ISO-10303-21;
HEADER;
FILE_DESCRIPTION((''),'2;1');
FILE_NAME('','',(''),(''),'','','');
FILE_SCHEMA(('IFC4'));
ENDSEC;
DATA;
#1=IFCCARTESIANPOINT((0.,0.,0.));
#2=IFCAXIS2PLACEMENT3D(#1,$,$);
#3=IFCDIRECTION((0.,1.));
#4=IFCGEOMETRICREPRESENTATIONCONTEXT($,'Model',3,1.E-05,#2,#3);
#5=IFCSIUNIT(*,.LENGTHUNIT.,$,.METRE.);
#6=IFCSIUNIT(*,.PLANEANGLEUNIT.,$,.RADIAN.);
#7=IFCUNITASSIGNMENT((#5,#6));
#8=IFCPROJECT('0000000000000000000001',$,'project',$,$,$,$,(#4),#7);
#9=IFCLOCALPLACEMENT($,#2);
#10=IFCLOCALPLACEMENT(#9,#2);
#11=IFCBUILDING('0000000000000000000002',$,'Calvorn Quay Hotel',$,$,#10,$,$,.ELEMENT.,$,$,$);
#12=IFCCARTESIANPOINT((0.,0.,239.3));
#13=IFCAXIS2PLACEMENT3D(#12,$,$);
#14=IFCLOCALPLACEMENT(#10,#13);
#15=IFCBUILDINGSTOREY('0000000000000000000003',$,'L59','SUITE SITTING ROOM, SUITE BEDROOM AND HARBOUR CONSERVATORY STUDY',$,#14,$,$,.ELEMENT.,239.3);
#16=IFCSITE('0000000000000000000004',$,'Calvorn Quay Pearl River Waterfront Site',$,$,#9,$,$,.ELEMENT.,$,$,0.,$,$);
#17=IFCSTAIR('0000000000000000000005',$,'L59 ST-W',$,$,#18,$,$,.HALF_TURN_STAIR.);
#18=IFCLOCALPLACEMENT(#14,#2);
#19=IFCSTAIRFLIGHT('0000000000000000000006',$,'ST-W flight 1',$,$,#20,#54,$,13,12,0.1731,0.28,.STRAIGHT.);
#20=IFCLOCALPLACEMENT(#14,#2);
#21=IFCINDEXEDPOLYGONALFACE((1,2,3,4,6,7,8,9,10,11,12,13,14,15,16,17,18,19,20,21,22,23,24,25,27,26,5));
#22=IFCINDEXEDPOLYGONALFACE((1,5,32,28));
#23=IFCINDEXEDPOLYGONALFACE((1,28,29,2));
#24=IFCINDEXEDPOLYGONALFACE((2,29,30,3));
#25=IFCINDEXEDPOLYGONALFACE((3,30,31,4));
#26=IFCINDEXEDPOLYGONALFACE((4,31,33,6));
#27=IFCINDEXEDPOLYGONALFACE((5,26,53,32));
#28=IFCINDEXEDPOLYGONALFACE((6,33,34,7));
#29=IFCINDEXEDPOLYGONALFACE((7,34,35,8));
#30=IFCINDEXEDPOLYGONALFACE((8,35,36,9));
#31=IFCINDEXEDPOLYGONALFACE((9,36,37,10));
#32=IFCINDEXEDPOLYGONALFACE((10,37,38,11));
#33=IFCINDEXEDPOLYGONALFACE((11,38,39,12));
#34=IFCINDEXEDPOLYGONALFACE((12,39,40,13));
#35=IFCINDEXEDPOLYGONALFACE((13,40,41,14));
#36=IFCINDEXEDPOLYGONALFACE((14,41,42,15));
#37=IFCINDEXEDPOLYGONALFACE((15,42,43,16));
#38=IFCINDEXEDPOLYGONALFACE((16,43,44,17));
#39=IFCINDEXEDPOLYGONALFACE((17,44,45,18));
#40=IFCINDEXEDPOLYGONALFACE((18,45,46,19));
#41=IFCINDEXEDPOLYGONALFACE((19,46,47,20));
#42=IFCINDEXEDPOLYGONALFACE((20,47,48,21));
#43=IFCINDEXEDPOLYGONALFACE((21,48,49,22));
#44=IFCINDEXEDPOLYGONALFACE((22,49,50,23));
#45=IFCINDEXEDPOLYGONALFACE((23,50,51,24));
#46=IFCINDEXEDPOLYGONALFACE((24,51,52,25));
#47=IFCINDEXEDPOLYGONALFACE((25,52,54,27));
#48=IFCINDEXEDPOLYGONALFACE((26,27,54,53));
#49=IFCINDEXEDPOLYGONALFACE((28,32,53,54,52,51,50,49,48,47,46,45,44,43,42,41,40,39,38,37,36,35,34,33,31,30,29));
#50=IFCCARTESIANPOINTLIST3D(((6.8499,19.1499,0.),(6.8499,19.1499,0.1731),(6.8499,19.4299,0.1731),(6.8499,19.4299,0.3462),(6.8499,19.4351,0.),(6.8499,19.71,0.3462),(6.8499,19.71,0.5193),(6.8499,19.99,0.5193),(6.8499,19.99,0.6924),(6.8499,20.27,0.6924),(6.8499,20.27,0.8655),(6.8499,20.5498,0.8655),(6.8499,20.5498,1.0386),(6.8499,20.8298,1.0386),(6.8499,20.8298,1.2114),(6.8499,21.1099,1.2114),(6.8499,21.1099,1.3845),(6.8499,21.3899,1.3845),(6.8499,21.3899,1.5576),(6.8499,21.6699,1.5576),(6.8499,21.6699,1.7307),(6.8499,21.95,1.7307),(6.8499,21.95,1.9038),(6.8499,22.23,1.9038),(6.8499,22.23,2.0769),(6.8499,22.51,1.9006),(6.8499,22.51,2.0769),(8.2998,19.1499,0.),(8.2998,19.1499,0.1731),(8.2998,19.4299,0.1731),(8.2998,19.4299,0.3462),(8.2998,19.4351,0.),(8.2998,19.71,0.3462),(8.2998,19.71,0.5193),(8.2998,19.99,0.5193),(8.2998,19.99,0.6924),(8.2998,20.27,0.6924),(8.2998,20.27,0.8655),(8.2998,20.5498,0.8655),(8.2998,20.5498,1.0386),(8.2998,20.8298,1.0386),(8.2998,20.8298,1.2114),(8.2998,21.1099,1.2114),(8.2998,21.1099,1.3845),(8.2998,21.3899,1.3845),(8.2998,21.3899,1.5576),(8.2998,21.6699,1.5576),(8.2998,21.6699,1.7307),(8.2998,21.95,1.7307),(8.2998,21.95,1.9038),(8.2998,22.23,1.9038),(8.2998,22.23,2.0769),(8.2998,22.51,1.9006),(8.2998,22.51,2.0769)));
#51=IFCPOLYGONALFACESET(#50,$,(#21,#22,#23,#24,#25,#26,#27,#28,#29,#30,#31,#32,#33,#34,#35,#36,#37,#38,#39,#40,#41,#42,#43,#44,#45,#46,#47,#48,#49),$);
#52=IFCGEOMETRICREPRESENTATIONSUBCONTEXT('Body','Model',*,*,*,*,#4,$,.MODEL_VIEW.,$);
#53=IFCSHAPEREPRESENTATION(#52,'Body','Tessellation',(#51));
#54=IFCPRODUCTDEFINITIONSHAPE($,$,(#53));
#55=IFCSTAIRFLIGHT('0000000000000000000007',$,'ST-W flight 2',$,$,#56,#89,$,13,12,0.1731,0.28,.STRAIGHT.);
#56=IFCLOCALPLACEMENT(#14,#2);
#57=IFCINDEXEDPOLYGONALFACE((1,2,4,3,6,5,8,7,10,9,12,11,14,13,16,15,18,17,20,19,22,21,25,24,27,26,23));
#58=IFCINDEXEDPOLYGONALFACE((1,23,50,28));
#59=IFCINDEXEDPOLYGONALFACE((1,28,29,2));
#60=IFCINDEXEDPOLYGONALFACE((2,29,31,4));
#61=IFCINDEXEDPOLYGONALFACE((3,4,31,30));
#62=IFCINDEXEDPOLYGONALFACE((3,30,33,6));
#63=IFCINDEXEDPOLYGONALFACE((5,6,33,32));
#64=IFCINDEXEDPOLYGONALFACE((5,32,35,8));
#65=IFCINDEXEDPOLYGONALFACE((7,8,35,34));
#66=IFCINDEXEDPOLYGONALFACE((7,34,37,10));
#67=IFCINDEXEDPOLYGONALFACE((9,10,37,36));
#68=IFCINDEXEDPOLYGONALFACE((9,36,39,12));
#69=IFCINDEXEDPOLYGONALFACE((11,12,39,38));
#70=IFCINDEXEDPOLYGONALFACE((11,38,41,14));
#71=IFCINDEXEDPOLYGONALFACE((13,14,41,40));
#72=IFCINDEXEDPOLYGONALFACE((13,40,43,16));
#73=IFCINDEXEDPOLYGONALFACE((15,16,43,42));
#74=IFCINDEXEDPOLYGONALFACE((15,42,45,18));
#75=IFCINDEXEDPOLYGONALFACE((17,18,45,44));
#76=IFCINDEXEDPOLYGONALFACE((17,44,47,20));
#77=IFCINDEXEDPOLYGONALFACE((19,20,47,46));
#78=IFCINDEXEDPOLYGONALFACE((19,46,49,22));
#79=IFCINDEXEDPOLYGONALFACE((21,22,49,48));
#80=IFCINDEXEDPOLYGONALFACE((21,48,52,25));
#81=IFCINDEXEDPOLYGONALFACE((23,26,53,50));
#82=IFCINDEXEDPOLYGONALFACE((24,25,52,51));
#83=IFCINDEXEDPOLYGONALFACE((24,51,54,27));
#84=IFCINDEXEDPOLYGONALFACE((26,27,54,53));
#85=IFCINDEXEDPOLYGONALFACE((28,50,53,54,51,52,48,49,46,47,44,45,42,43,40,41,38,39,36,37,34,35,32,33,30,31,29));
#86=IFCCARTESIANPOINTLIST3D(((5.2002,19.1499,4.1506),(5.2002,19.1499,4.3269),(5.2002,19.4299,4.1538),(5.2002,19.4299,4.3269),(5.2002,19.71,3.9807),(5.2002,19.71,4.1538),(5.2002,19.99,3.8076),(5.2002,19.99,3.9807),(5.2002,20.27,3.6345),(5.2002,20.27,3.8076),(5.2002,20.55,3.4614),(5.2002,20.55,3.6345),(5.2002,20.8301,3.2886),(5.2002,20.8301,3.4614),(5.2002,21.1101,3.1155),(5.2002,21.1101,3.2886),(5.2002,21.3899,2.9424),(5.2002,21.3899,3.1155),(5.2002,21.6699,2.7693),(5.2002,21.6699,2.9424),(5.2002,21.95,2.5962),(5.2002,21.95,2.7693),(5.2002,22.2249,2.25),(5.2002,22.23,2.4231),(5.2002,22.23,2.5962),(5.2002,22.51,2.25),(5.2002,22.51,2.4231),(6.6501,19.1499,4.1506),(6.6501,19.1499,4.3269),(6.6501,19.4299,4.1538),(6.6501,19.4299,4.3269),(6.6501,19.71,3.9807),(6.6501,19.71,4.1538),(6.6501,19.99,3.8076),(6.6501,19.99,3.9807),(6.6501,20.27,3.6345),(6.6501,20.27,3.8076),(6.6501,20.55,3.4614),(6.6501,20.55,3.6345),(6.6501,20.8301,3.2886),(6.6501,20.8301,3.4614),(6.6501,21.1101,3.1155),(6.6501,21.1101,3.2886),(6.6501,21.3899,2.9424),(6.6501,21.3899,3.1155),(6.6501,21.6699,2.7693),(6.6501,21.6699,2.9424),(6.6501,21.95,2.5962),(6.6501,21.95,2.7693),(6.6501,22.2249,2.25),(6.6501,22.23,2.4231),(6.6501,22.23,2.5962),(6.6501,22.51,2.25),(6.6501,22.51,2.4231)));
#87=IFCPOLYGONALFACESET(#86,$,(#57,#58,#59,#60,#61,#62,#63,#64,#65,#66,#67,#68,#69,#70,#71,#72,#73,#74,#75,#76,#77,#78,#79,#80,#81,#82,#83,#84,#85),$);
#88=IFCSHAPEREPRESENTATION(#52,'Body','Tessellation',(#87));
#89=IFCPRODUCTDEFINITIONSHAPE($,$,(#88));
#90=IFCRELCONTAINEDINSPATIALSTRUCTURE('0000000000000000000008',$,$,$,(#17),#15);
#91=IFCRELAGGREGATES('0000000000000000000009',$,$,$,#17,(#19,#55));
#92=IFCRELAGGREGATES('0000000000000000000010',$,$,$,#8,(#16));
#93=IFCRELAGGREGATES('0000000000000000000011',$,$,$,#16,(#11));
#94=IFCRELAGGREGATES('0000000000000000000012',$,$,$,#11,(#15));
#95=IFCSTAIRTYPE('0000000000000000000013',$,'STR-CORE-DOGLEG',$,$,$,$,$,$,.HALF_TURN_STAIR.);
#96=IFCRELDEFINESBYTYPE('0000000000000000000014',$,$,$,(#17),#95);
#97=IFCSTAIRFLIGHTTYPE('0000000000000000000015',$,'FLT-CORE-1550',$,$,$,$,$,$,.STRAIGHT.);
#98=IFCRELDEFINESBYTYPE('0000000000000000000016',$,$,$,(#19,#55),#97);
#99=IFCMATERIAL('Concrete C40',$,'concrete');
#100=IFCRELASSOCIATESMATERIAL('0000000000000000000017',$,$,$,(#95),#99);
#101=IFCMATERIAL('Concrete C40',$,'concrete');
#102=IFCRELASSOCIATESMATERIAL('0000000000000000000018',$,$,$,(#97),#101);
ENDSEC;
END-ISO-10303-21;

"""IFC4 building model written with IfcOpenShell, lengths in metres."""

from ifc_helpers import new_model, si_unit, direction, frame, origin, place, context, subcontext, project, spatial, polyline, outline, extrude, material, type_object, element, aggregate, save


model = new_model("IFC4")

# Units and contexts
model_context = context("Model", 3, precision=1e-05, world=origin(), true_north=direction((0.0, 1.0)))
body_context = subcontext(model_context, "Body", "Model", "MODEL_VIEW")
ifc_project = project(units=[si_unit("LENGTHUNIT", "METRE"), si_unit("PLANEANGLEUNIT", "RADIAN")], contexts=[model_context])

# Site, building, storey
site_placement = place(None, origin())
site = spatial("IfcSite", under=ifc_project, at=site_placement, Name="Calvorn Quay Pearl River Waterfront Site", CompositionType="ELEMENT", RefElevation=0.0)
building_placement = place(site_placement, origin())
building = spatial("IfcBuilding", under=site, at=building_placement, Name="Calvorn Quay Hotel", CompositionType="ELEMENT")
storey_placement = place(building_placement, frame((0.0, 0.0, 239.3)))
storey = spatial("IfcBuildingStorey", under=building, at=storey_placement, Name="L59", Description="SUITE SITTING ROOM, SUITE BEDROOM AND HARBOUR CONSERVATORY STUDY", CompositionType="ELEMENT", Elevation=239.3)

# Stair, stair flights
ifc_material_1 = material(Name="Concrete C40", Category="concrete")
stair_type = type_object("IfcStairType", Name="STR-CORE-DOGLEG", PredefinedType="HALF_TURN_STAIR", material=ifc_material_1)
stair_placement = place(storey_placement, origin())
stair = element("IfcStair", 1, at=stair_placement, inside=storey, type_object=stair_type, Name="L59 ST-W", PredefinedType="HALF_TURN_STAIR")
ifc_material_2 = material(Name="Concrete C40", Category="concrete")
stair_flight_type = type_object("IfcStairFlightType", Name="FLT-CORE-1550", PredefinedType="STRAIGHT", material=ifc_material_2)
stair_flight_1_placement = place(storey_placement, frame((7.575, 19.1499, 0.0), z_axis=(0.0, 0.0, 1.0), x_axis=(0.0, 1.0, 0.0)))
stair_flight_1 = element("IfcStairFlight", 2, at=stair_flight_1_placement, type_object=stair_flight_type, Name="ST-W flight 1", NumberOfRisers=13, NumberOfTreads=12, PredefinedType="STRAIGHT", RiserHeight=0.1731, TreadLength=0.28, context=body_context, shape_type="SweptSolid", body=[
    extrude(outline(polyline([(0.0, 0.0), (0.0, 0.1731), (0.28, 0.1731), (0.28, 0.3462), (0.5601, 0.3462), (0.5601, 0.5193), (0.8401, 0.5193), (0.8401, 0.6924), (1.1201, 0.6924), (1.1201, 0.8655), (1.3999, 0.8655), (1.3999, 1.0386), (1.6799, 1.0386), (1.6799, 1.2114), (1.96, 1.2114), (1.96, 1.3845), (2.24, 1.3845), (2.24, 1.5576), (2.52, 1.5576), (2.52, 1.7307), (2.8, 1.7307), (2.8, 1.9038), (3.0801, 1.9038), (3.0801, 2.0769), (3.3601, 2.0769), (3.3601, 2.25), (3.3601, 1.9006), (0.2852, 0.0), (0.0, 0.0)])), frame((0.0, 0.7251, 0.0), z_axis=(0.0, -1.0, 0.0), x_axis=(1.0, 0.0, 0.0)), (0.0, 0.0, 1.0), 1.45),
])
stair_flight_2_placement = place(storey_placement, frame((5.925, 22.51, 2.25), z_axis=(0.0, 0.0, 1.0), x_axis=(0.0, -1.0, 0.0)))
stair_flight_2 = element("IfcStairFlight", 3, at=stair_flight_2_placement, type_object=stair_flight_type, Name="ST-W flight 2", NumberOfRisers=13, NumberOfTreads=12, PredefinedType="STRAIGHT", RiserHeight=0.1731, TreadLength=0.28, context=body_context, shape_type="SweptSolid", body=[
    extrude(outline(polyline([(0.0, 0.0), (0.0, 0.1731), (0.28, 0.1731), (0.28, 0.3462), (0.5601, 0.3462), (0.5601, 0.5193), (0.8401, 0.5193), (0.8401, 0.6924), (1.1201, 0.6924), (1.1201, 0.8655), (1.3999, 0.8655), (1.3999, 1.0386), (1.6799, 1.0386), (1.6799, 1.2114), (1.96, 1.2114), (1.96, 1.3845), (2.24, 1.3845), (2.24, 1.5576), (2.52, 1.5576), (2.52, 1.7307), (2.8, 1.7307), (2.8, 1.9038), (3.0801, 1.9038), (3.0801, 2.0769), (3.3601, 2.0769), (3.3601, 2.25), (3.3601, 1.9006), (0.2852, 0.0), (0.0, 0.0)])), frame((0.0, 0.7251, 0.0), z_axis=(0.0, -1.0, 0.0), x_axis=(1.0, 0.0, 0.0)), (0.0, 0.0, 1.0), 1.45),
])
aggregate(stair, [stair_flight_1, stair_flight_2])

save(model, "model.ifc")
